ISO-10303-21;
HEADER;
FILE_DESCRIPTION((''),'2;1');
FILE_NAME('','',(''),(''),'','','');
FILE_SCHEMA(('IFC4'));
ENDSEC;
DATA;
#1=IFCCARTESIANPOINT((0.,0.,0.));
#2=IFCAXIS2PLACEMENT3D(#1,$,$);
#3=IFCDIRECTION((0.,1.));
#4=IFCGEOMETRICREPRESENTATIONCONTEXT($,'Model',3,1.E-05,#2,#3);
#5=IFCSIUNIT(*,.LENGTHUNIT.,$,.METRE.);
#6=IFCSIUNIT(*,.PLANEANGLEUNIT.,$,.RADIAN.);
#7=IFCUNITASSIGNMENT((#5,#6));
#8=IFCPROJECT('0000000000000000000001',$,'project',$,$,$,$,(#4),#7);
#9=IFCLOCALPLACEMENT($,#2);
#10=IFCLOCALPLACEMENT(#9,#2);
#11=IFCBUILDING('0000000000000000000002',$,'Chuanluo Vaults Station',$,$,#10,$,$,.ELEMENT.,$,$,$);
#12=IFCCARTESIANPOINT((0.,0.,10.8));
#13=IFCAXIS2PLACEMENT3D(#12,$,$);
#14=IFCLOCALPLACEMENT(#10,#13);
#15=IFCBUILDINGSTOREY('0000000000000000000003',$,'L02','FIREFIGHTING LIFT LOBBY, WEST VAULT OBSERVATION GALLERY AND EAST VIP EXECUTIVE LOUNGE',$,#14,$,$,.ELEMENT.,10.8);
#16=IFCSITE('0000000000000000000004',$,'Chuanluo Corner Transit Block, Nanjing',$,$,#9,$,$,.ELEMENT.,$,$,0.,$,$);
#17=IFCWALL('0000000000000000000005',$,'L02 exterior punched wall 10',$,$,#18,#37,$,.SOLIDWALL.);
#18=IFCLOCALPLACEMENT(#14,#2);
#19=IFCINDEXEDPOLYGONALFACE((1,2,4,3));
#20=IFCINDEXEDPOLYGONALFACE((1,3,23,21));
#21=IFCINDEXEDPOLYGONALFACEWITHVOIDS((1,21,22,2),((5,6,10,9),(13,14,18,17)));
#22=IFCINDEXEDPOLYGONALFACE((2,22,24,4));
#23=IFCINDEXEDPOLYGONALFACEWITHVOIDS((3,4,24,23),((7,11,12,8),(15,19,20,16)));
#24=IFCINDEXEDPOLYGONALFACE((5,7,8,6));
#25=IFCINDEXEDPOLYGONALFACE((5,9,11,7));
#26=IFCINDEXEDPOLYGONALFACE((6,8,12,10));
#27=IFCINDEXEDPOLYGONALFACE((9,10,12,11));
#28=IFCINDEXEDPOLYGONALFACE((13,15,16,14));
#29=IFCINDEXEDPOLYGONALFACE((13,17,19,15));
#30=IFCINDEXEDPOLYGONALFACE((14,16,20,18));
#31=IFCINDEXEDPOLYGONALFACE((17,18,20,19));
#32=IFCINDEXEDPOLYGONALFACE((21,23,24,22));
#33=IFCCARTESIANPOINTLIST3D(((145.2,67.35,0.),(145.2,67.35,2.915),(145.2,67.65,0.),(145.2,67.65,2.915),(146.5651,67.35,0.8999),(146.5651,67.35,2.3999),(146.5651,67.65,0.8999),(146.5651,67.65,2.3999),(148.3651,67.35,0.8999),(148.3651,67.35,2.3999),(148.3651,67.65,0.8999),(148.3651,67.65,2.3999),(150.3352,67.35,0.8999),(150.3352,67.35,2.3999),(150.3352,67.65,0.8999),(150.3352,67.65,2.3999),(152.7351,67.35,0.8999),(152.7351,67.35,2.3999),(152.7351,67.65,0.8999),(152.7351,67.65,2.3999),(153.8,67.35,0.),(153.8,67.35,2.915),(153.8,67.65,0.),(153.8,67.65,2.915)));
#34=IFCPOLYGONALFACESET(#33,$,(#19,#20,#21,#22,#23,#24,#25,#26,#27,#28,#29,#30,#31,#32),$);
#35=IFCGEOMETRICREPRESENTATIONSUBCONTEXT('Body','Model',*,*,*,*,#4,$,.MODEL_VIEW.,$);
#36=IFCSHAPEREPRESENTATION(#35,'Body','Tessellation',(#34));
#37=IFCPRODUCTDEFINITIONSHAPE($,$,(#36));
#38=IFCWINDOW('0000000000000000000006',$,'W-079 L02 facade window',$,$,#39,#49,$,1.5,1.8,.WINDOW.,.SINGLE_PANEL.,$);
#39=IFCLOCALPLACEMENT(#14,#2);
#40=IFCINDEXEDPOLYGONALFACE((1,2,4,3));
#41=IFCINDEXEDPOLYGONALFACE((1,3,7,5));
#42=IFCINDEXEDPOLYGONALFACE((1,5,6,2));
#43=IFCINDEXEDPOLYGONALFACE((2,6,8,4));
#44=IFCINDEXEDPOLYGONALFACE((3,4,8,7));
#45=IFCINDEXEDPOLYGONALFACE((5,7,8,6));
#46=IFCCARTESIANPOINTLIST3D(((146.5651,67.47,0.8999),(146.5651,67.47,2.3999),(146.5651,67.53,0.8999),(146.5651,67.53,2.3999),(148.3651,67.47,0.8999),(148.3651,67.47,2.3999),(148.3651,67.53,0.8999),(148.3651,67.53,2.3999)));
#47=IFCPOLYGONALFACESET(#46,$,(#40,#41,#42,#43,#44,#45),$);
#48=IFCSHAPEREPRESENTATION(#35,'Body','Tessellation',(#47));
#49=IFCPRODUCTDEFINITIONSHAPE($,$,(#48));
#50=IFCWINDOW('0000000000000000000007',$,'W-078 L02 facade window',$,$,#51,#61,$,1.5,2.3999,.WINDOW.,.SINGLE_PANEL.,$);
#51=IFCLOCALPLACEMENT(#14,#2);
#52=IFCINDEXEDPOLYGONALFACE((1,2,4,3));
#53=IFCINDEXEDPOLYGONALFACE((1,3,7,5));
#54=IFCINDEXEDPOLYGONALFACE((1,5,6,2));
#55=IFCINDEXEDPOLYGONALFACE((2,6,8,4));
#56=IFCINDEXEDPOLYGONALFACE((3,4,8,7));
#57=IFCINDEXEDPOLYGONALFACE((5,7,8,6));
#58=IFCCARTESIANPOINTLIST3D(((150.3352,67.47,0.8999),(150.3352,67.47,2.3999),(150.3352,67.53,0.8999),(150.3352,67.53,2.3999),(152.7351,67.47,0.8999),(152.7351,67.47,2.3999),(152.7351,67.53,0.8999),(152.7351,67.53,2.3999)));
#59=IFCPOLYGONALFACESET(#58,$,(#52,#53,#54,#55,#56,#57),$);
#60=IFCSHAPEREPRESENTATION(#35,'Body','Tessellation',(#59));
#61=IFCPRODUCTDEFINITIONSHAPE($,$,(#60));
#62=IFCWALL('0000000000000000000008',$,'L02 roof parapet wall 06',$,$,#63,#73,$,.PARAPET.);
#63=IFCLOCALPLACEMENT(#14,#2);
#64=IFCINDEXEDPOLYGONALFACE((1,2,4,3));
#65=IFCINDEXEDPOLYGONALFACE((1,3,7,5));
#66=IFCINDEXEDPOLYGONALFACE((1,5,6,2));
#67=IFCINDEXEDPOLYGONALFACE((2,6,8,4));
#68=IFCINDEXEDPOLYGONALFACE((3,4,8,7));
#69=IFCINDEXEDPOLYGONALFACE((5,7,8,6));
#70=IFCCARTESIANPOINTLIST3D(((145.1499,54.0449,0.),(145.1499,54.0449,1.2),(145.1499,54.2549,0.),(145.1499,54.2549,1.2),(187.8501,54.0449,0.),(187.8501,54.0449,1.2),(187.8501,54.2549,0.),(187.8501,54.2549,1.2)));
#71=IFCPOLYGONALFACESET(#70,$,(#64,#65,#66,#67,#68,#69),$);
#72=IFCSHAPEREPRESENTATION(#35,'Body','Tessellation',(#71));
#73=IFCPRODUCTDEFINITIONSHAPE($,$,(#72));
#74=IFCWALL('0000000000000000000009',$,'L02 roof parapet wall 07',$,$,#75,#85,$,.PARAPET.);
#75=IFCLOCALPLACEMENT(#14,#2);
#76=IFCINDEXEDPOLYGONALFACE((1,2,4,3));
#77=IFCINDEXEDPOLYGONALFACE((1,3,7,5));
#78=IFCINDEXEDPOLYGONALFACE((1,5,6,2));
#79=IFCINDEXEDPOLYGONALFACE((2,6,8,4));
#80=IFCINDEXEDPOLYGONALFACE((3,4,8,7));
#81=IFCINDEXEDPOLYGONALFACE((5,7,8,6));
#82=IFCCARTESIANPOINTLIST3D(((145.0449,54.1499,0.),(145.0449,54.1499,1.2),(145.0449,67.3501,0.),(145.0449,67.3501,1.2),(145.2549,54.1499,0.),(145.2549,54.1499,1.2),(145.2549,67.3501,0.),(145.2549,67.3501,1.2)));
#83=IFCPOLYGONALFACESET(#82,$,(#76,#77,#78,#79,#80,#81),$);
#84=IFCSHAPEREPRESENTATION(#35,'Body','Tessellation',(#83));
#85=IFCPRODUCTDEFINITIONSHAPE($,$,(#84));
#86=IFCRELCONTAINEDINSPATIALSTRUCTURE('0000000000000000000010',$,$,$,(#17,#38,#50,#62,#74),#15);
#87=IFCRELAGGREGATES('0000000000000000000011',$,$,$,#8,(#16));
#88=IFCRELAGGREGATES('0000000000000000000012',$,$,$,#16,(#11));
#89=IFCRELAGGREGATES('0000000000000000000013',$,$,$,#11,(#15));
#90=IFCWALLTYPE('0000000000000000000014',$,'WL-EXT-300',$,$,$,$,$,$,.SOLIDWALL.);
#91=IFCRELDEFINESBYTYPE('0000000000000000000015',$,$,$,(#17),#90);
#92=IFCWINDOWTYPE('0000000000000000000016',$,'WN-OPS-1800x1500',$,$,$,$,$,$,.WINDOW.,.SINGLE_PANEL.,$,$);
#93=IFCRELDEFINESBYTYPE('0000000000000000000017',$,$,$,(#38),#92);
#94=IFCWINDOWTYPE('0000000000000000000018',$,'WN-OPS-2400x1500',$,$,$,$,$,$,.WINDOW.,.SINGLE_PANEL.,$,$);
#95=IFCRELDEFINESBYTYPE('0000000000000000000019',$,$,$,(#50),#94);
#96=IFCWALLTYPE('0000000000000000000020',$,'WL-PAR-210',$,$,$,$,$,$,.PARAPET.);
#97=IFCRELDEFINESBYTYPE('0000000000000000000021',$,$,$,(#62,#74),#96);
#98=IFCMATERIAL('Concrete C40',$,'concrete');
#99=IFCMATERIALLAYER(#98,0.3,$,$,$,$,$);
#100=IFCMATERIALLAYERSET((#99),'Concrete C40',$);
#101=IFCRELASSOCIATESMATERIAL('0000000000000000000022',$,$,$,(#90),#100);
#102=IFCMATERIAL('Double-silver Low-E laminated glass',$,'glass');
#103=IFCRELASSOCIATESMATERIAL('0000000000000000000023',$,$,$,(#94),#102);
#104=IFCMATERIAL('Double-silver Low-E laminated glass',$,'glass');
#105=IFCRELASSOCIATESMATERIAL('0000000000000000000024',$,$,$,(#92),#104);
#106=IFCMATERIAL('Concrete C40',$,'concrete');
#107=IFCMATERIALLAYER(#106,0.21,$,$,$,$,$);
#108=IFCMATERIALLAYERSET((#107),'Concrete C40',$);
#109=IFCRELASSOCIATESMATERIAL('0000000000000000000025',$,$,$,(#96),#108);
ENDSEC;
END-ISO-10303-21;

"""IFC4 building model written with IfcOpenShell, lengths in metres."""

from ifc_helpers import new_model, si_unit, direction, frame, frame_2d, origin, place, context, subcontext, project, spatial, rectangle, extrude, material, layer, layer_set, type_object, element, fill, save


model = new_model("IFC4")

# Units and contexts
model_context = context("Model", 3, precision=1e-05, world=origin(), true_north=direction((0.0, 1.0)))
body_context = subcontext(model_context, "Body", "Model", "MODEL_VIEW")
ifc_project = project(units=[si_unit("LENGTHUNIT", "METRE"), si_unit("PLANEANGLEUNIT", "RADIAN")], contexts=[model_context])

# Site, building, storey
site_placement = place(None, origin())
site = spatial("IfcSite", under=ifc_project, at=site_placement, Name="Chuanluo Corner Transit Block, Nanjing", CompositionType="ELEMENT", RefElevation=0.0)
building_placement = place(site_placement, origin())
building = spatial("IfcBuilding", under=site, at=building_placement, Name="Chuanluo Vaults Station", CompositionType="ELEMENT")
storey_placement = place(building_placement, frame((0.0, 0.0, 10.8)))
storey = spatial("IfcBuildingStorey", under=building, at=storey_placement, Name="L02", Description="FIREFIGHTING LIFT LOBBY, WEST VAULT OBSERVATION GALLERY AND EAST VIP EXECUTIVE LOUNGE", CompositionType="ELEMENT", Elevation=10.8)

# Wall, openings, windows
ifc_material_1 = material(Name="Concrete C40", Category="concrete")
ifc_layer_1 = layer(ifc_material_1, 0.3)
ifc_layer_set_1 = layer_set([ifc_layer_1], Name="Concrete C40")
wall_type_1 = type_object("IfcWallType", Name="WL-EXT-300", PredefinedType="SOLIDWALL", material=ifc_layer_set_1)
ifc_material_2 = material(Name="Double-silver Low-E laminated glass", Category="glass")
window_type_1 = type_object("IfcWindowType", Name="WN-OPS-2400x1500", PartitioningType="SINGLE_PANEL", PredefinedType="WINDOW", material=ifc_material_2)
wall_1_placement = place(storey_placement, frame((153.8, 67.5, 0.0), z_axis=(0.0, 0.0, 1.0), x_axis=(-1.0, 0.0, 0.0)))
wall_1 = element("IfcWall", 1, at=wall_1_placement, inside=storey, type_object=wall_type_1, Name="L02 exterior punched wall 10", PredefinedType="SOLIDWALL", context=body_context, shape_type="SweptSolid", body=[
    extrude(rectangle(XDim=8.6001, YDim=0.3, at=frame_2d((4.3, 0.0))), origin(), (0.0, 0.0, 1.0), 2.915),
])
opening_1_placement = place(wall_1_placement, frame((1.0649, 0.0, 0.8999)))
opening_1 = element("IfcOpeningElement", 2, at=opening_1_placement, cuts=wall_1, PredefinedType="OPENING", context=body_context, shape_type="SweptSolid", body=[
    extrude(rectangle(XDim=2.3999, YDim=1.5, at=frame_2d((1.2, 0.75))), frame((0.0, 0.1599, 0.0), z_axis=(0.0, -1.0, 0.0), x_axis=(1.0, 0.0, 0.0)), (0.0, 0.0, 1.0), 0.3201),
])
opening_2_placement = place(wall_1_placement, frame((5.4351, 0.0, 0.8999)))
opening_2 = element("IfcOpeningElement", 3, at=opening_2_placement, cuts=wall_1, PredefinedType="OPENING", context=body_context, shape_type="SweptSolid", body=[
    extrude(rectangle(XDim=1.8, YDim=1.5, at=frame_2d((0.8999, 0.75))), frame((0.0, 0.1599, 0.0), z_axis=(0.0, -1.0, 0.0), x_axis=(1.0, 0.0, 0.0)), (0.0, 0.0, 1.0), 0.3201),
])
ifc_material_3 = material(Name="Double-silver Low-E laminated glass", Category="glass")
window_type_2 = type_object("IfcWindowType", Name="WN-OPS-1800x1500", PartitioningType="SINGLE_PANEL", PredefinedType="WINDOW", material=ifc_material_3)
window_1_placement = place(opening_2_placement, origin())
window_1 = element("IfcWindow", 4, at=window_1_placement, inside=storey, type_object=window_type_2, Name="W-079 L02 facade window", OverallHeight=1.5, OverallWidth=1.8, PartitioningType="SINGLE_PANEL", PredefinedType="WINDOW", context=body_context, shape_type="SweptSolid", body=[
    extrude(rectangle(XDim=1.8, YDim=1.5, at=frame_2d((0.8999, 0.75))), frame((0.0, 0.03, 0.0), z_axis=(0.0, -1.0, 0.0), x_axis=(1.0, 0.0, 0.0)), (0.0, 0.0, 1.0), 0.0601),
])
fill(opening_2, window_1)
window_2_placement = place(opening_1_placement, origin())
window_2 = element("IfcWindow", 5, at=window_2_placement, inside=storey, type_object=window_type_1, Name="W-078 L02 facade window", OverallHeight=1.5, OverallWidth=2.3999, PartitioningType="SINGLE_PANEL", PredefinedType="WINDOW", context=body_context, shape_type="SweptSolid", body=[
    extrude(rectangle(XDim=2.3999, YDim=1.5, at=frame_2d((1.2, 0.75))), frame((0.0, 0.03, 0.0), z_axis=(0.0, -1.0, 0.0), x_axis=(1.0, 0.0, 0.0)), (0.0, 0.0, 1.0), 0.0601),
])
fill(opening_1, window_2)

# Walls
ifc_material_4 = material(Name="Concrete C40", Category="concrete")
ifc_layer_2 = layer(ifc_material_4, 0.21)
ifc_layer_set_2 = layer_set([ifc_layer_2], Name="Concrete C40")
wall_type_2 = type_object("IfcWallType", Name="WL-PAR-210", PredefinedType="PARAPET", material=ifc_layer_set_2)
wall_2_placement = place(storey_placement, frame((145.1499, 54.1499, 0.0), z_axis=(0.0, 0.0, 1.0), x_axis=(1.0, 0.0, 0.0)))
element("IfcWall", 6, at=wall_2_placement, inside=storey, type_object=wall_type_2, Name="L02 roof parapet wall 06", PredefinedType="PARAPET", context=body_context, shape_type="SweptSolid", body=[
    extrude(rectangle(XDim=42.7002, YDim=0.21, at=frame_2d((21.3501, 0.0))), origin(), (0.0, 0.0, 1.0), 1.2),
])
wall_3_placement = place(storey_placement, frame((145.1499, 54.1499, 0.0), z_axis=(0.0, 0.0, 1.0), x_axis=(0.0, 1.0, 0.0)))
element("IfcWall", 7, at=wall_3_placement, inside=storey, type_object=wall_type_2, Name="L02 roof parapet wall 07", PredefinedType="PARAPET", context=body_context, shape_type="SweptSolid", body=[
    extrude(rectangle(XDim=13.2002, YDim=0.21, at=frame_2d((6.6001, 0.0))), origin(), (0.0, 0.0, 1.0), 1.2),
])

save(model, "model.ifc")
